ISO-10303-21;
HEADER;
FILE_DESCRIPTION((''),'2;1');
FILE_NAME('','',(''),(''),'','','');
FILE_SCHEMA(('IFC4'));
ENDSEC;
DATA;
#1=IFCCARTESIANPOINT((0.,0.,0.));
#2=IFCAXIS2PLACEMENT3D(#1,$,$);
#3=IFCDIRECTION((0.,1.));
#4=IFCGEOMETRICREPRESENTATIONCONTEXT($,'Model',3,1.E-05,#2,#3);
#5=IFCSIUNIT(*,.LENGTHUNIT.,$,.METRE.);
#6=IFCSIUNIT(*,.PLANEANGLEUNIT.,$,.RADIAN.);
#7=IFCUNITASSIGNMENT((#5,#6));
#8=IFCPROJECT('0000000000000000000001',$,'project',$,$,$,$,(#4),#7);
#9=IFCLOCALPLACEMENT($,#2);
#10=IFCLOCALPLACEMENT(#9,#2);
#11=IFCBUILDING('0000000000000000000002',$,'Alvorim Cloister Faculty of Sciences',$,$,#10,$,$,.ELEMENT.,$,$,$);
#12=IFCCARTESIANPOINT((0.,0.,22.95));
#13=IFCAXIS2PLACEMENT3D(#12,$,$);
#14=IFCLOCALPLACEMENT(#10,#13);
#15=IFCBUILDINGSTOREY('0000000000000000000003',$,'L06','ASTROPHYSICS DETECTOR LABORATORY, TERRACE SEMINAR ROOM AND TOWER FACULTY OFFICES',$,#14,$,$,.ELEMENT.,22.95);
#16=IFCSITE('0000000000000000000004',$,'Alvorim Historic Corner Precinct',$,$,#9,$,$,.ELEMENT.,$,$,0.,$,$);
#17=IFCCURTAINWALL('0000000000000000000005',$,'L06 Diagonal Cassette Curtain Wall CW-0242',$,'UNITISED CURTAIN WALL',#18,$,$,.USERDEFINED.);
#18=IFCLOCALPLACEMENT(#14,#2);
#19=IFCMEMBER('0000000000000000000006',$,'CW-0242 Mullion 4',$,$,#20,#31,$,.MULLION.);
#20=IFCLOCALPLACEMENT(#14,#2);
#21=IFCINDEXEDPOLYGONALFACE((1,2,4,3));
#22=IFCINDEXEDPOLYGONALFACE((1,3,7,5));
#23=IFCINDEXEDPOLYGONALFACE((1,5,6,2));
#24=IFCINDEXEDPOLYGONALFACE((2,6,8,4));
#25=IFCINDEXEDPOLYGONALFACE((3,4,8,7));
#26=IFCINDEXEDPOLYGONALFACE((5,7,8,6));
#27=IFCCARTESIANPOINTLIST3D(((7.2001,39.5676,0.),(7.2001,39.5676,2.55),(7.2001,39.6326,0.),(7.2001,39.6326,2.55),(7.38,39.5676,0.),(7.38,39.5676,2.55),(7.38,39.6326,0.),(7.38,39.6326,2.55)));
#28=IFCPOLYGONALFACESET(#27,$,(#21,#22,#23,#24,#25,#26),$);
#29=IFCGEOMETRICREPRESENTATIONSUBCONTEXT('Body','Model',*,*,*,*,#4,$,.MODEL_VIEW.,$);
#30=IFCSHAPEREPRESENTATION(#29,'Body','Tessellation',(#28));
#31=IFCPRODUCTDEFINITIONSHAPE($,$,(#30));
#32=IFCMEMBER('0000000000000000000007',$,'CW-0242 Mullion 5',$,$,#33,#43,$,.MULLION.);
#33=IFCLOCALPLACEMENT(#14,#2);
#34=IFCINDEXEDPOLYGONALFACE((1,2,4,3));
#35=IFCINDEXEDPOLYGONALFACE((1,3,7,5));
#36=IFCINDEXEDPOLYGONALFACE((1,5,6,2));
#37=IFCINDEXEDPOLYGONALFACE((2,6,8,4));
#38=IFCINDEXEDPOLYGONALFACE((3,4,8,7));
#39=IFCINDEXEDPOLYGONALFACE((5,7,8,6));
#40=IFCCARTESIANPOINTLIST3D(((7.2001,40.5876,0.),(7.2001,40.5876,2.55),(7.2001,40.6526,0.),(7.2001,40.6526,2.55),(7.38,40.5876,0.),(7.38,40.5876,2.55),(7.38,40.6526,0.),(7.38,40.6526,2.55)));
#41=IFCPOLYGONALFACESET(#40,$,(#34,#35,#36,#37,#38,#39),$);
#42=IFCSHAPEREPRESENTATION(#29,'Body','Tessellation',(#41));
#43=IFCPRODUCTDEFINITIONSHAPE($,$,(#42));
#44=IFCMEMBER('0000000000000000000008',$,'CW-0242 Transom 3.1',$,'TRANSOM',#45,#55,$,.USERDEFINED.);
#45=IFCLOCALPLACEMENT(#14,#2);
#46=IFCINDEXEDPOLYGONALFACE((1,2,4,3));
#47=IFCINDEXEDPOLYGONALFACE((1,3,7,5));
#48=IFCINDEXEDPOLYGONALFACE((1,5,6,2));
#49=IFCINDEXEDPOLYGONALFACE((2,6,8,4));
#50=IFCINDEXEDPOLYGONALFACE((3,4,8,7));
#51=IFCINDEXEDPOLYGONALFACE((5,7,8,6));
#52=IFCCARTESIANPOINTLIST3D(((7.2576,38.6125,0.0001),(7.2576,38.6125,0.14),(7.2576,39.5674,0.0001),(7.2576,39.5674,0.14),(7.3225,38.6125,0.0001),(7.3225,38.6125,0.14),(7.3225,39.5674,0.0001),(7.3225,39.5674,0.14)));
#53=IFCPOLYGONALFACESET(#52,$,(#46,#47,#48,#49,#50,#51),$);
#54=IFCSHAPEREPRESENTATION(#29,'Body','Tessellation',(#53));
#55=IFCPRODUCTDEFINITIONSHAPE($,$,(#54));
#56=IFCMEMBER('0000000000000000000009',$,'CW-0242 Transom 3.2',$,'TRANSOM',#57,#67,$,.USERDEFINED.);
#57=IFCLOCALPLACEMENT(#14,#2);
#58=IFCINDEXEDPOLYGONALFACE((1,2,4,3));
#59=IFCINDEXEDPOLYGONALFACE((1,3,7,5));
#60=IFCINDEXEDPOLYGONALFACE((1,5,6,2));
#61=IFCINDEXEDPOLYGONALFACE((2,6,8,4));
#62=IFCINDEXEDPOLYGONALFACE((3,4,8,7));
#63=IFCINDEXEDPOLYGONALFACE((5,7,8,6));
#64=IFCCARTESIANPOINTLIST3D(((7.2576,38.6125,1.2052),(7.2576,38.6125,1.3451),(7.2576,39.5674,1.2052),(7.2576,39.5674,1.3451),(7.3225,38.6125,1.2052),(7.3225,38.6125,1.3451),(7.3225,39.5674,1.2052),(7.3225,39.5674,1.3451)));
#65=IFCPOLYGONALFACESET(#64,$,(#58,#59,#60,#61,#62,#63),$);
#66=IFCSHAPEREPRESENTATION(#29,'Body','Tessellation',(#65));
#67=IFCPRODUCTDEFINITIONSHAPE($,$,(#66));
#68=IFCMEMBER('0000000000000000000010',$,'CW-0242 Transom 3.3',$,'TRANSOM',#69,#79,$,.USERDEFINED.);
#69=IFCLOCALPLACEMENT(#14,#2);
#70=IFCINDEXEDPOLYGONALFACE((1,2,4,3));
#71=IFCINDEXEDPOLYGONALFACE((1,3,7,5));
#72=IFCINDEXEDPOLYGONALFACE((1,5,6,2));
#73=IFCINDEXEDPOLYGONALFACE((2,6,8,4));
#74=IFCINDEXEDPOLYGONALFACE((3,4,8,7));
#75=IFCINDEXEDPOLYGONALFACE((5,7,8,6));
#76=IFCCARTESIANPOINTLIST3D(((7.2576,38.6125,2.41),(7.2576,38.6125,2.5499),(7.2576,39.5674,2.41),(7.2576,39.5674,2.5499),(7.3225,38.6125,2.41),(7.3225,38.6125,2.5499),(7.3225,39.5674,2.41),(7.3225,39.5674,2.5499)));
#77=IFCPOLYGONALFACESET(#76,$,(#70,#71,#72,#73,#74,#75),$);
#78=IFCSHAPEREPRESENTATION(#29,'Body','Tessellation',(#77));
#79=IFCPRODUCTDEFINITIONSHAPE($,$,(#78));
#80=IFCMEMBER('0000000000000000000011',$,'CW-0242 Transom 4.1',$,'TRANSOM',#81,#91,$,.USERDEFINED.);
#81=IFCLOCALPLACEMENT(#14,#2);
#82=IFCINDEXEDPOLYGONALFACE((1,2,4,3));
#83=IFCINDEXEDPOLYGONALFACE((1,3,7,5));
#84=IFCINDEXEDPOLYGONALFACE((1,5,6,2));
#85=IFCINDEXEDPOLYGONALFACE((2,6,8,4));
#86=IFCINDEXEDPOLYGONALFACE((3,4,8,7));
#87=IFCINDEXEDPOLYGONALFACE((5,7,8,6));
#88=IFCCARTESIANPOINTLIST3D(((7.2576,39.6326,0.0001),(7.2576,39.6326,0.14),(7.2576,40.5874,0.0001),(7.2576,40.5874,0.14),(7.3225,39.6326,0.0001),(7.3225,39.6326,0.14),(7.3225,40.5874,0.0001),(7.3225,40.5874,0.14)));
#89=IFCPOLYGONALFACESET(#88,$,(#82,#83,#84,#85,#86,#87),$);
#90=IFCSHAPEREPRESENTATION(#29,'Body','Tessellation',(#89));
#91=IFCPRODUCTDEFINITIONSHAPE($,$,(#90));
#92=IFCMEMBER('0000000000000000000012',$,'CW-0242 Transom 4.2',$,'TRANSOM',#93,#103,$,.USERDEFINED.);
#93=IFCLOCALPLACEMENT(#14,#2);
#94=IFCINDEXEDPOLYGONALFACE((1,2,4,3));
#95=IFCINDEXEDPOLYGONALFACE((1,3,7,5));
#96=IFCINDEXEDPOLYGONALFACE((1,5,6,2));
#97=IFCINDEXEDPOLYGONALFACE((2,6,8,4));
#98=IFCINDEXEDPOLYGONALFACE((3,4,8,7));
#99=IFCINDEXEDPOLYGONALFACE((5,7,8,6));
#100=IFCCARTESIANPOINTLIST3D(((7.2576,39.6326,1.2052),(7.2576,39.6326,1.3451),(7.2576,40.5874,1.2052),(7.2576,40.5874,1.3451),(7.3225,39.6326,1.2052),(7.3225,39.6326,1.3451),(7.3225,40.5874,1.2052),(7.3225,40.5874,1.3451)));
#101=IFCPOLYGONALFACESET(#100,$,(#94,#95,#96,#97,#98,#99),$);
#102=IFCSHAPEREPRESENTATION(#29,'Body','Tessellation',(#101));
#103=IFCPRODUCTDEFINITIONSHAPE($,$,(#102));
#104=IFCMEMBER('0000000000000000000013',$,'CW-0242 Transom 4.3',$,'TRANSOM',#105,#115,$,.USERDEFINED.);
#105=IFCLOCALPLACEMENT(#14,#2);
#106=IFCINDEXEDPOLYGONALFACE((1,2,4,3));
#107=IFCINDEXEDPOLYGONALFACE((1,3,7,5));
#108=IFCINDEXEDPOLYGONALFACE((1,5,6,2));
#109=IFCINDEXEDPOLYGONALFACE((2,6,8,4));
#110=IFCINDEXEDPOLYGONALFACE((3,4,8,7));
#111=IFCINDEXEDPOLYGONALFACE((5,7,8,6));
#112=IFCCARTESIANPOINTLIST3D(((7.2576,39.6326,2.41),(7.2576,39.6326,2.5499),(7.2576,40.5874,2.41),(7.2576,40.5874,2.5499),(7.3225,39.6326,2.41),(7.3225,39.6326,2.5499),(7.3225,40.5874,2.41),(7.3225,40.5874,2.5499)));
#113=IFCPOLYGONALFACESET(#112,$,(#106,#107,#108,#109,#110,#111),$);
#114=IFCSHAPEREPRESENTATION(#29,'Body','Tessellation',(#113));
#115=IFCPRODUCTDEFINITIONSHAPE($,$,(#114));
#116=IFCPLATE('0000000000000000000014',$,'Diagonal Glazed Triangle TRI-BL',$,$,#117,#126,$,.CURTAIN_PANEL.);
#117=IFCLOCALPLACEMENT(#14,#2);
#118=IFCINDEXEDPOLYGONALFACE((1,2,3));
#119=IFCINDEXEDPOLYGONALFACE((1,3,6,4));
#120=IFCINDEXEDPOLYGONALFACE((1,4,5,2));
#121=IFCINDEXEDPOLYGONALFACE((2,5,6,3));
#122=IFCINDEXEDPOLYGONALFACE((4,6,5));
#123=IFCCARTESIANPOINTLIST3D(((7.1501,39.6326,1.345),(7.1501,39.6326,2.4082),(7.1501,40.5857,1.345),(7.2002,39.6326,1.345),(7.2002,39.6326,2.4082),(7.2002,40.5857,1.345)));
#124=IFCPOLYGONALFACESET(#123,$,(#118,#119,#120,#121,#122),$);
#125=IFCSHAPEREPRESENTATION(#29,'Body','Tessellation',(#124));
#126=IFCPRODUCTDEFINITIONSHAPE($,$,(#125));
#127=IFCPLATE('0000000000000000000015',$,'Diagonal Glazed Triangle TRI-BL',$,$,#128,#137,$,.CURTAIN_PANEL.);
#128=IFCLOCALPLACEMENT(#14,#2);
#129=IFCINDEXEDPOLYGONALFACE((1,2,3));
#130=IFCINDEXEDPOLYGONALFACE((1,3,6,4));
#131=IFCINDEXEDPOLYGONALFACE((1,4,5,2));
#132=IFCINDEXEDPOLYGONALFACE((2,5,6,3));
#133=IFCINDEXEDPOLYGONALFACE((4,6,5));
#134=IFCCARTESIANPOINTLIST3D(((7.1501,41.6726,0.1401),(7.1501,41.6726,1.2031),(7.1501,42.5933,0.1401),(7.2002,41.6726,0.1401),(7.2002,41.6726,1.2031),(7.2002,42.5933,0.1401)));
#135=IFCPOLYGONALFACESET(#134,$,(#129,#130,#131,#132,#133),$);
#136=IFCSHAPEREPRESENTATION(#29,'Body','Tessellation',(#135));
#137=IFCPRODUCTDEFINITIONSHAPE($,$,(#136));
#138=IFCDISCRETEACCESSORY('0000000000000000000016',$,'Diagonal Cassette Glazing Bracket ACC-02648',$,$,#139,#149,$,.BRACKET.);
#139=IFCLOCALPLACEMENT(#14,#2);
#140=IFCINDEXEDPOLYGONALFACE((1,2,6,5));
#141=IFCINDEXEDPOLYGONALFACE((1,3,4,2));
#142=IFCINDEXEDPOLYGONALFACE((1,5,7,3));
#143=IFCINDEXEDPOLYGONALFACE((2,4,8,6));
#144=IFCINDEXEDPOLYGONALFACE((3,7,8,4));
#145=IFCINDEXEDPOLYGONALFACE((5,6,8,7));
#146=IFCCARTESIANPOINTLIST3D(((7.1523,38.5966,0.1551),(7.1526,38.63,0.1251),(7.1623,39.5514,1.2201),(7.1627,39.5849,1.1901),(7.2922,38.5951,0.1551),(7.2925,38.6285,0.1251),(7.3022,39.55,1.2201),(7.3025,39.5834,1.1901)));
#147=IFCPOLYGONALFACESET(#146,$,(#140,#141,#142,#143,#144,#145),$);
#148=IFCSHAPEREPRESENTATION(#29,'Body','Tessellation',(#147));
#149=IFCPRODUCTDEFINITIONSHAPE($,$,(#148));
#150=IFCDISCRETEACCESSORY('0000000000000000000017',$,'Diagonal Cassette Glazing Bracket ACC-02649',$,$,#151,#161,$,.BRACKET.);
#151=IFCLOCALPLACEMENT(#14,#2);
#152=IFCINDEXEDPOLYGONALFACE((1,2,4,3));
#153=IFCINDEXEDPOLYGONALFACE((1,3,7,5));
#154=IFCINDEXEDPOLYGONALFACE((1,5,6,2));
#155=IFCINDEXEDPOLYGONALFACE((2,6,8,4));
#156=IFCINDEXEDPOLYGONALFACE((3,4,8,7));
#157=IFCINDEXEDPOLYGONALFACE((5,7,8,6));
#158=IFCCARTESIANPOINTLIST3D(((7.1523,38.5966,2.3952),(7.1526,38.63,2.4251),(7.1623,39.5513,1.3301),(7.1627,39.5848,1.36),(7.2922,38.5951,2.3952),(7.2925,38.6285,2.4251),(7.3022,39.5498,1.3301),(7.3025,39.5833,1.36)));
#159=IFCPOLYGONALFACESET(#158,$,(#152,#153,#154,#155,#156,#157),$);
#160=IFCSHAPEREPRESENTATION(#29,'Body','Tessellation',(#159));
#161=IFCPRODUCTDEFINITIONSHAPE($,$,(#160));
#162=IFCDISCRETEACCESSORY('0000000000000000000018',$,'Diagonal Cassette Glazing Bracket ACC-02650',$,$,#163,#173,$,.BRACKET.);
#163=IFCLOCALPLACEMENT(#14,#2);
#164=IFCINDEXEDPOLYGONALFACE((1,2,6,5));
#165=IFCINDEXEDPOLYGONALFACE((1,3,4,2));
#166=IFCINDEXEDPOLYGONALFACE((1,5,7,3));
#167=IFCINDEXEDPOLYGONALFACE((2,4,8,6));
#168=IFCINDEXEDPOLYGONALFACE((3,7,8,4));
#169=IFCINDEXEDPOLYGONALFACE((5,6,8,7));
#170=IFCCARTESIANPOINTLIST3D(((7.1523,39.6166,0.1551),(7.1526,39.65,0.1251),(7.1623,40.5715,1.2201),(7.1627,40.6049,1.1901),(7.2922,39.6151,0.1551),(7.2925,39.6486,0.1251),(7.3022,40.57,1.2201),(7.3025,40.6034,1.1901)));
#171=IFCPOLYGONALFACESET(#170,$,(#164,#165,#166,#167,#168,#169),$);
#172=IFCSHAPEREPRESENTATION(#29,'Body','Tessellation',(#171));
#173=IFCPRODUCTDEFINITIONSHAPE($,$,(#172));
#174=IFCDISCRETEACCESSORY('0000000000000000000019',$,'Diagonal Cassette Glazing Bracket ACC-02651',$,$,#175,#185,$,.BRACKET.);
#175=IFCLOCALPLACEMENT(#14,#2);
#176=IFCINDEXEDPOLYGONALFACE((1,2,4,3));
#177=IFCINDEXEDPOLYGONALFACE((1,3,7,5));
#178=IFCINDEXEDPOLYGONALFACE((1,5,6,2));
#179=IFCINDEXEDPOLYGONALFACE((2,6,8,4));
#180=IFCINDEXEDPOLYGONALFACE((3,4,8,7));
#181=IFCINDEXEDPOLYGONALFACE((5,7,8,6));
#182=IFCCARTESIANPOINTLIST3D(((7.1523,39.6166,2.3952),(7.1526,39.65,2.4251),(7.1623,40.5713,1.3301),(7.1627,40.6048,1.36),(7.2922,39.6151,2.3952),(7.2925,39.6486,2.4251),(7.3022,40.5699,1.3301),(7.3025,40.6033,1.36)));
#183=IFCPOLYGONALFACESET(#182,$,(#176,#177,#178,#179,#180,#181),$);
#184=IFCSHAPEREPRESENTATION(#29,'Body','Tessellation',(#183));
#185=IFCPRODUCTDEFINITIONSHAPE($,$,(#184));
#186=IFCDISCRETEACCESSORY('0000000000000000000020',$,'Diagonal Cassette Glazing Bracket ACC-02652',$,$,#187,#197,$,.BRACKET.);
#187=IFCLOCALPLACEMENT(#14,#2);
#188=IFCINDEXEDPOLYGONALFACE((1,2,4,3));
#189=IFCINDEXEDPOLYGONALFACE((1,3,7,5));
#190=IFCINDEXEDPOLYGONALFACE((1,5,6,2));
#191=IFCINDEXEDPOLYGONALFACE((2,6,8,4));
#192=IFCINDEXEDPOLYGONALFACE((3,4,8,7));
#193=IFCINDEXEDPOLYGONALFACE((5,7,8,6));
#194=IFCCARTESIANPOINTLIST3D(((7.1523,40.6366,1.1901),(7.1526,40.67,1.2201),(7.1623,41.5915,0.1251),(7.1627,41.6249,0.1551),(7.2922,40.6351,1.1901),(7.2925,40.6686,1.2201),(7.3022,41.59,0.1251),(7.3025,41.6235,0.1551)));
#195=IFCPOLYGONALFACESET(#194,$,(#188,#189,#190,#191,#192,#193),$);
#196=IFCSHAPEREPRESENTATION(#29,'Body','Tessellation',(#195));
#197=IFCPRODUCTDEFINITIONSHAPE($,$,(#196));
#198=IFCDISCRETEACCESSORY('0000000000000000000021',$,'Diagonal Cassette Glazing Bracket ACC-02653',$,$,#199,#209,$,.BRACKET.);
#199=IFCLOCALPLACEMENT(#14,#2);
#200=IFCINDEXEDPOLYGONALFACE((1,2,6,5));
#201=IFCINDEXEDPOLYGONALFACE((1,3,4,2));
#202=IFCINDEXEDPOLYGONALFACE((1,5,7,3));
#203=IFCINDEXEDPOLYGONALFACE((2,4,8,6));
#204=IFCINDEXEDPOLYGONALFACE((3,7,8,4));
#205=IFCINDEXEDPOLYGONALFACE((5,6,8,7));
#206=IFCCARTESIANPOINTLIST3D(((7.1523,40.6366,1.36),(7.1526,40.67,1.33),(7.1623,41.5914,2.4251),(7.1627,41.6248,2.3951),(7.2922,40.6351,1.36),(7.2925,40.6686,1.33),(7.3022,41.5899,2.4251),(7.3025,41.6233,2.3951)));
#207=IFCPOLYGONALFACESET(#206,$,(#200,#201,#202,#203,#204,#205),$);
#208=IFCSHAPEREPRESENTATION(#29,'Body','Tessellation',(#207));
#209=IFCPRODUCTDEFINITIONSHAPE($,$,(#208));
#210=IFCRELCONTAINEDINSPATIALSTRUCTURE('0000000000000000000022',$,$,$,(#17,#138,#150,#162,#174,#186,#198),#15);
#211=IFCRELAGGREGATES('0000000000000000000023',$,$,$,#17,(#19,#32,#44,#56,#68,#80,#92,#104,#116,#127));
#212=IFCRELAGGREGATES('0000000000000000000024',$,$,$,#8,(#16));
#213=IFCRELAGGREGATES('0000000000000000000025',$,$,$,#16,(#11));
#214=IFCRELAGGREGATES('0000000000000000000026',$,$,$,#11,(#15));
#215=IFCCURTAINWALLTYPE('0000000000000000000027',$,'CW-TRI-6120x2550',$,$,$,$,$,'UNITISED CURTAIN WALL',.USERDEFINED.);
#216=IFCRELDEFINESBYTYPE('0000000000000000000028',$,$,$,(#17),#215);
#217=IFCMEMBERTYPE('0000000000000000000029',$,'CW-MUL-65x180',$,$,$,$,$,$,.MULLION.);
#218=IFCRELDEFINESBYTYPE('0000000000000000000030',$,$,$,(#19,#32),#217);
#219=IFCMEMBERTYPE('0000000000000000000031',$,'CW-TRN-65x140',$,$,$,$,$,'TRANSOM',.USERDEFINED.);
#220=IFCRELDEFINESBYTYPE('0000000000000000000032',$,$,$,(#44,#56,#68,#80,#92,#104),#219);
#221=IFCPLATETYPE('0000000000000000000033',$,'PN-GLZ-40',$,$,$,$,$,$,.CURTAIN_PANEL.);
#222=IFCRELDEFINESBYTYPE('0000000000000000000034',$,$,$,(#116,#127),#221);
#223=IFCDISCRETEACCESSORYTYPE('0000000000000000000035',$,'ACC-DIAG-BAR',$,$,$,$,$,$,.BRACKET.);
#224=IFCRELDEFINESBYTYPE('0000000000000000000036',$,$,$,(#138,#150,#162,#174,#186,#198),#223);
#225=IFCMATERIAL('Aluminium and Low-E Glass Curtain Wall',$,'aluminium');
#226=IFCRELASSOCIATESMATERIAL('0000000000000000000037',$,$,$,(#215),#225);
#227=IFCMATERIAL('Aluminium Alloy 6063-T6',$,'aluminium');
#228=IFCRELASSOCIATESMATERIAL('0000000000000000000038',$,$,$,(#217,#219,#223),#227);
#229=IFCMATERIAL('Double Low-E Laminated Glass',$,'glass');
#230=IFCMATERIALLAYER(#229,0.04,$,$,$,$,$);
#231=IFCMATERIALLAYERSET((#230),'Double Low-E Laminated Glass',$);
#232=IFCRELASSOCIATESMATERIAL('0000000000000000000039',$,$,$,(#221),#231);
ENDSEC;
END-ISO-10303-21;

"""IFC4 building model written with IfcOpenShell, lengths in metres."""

from ifc_helpers import new_model, si_unit, direction, frame, origin, origin_2d, place, context, subcontext, project, spatial, polyline, rectangle, outline, extrude, material, layer, layer_set, material_profile, profile_set, type_object, element, aggregate, save


model = new_model("IFC4")

# Units and contexts
model_context = context("Model", 3, precision=1e-05, world=origin(), true_north=direction((0.0, 1.0)))
body_context = subcontext(model_context, "Body", "Model", "MODEL_VIEW")
ifc_project = project(units=[si_unit("LENGTHUNIT", "METRE"), si_unit("PLANEANGLEUNIT", "RADIAN")], contexts=[model_context])

# Site, building, storey
site_placement = place(None, origin())
site = spatial("IfcSite", under=ifc_project, at=site_placement, Name="Alvorim Historic Corner Precinct", CompositionType="ELEMENT", RefElevation=0.0)
building_placement = place(site_placement, origin())
building = spatial("IfcBuilding", under=site, at=building_placement, Name="Alvorim Cloister Faculty of Sciences", CompositionType="ELEMENT")
storey_placement = place(building_placement, frame((0.0, 0.0, 22.95)))
storey = spatial("IfcBuildingStorey", under=building, at=storey_placement, Name="L06", Description="ASTROPHYSICS DETECTOR LABORATORY, TERRACE SEMINAR ROOM AND TOWER FACULTY OFFICES", CompositionType="ELEMENT", Elevation=22.95)

# Curtain wall, members, plates
ifc_material_1 = material(Name="Aluminium and Low-E Glass Curtain Wall", Category="aluminium")
curtain_wall_type = type_object("IfcCurtainWallType", Name="CW-TRI-6120x2550", ElementType="UNITISED CURTAIN WALL", PredefinedType="USERDEFINED", material=ifc_material_1)
curtain_wall_placement = place(storey_placement, origin())
curtain_wall = element("IfcCurtainWall", 1, at=curtain_wall_placement, inside=storey, type_object=curtain_wall_type, Name="L06 Diagonal Cassette Curtain Wall CW-0242", ObjectType="UNITISED CURTAIN WALL", PredefinedType="USERDEFINED")
ifc_material_2 = material(Name="Aluminium Alloy 6063-T6", Category="aluminium")
ifc_material_profile_1 = material_profile(ifc_material_2, rectangle(XDim=0.0649, YDim=0.1799, at=origin_2d()), Name="ALU-MUL-65x180")
ifc_profile_set_1 = profile_set([ifc_material_profile_1], Name="Aluminium Alloy 6063-T6")
member_type_1 = type_object("IfcMemberType", Name="CW-MUL-65x180", PredefinedType="MULLION", material=ifc_profile_set_1)
member_1_placement = place(storey_placement, frame((7.29, 39.6001, 0.0), z_axis=(0.0, 0.0, 1.0), x_axis=(0.0, 1.0, 0.0)))
member_1 = element("IfcMember", 2, at=member_1_placement, type_object=member_type_1, Name="CW-0242 Mullion 4", PredefinedType="MULLION", context=body_context, shape_type="SweptSolid", body=[
    extrude(rectangle(XDim=0.0649, YDim=0.1799, at=origin_2d()), origin(), (0.0, 0.0, 1.0), 2.55),
])
member_2_placement = place(storey_placement, frame((7.29, 40.6201, 0.0), z_axis=(0.0, 0.0, 1.0), x_axis=(0.0, 1.0, 0.0)))
member_2 = element("IfcMember", 3, at=member_2_placement, type_object=member_type_1, Name="CW-0242 Mullion 5", PredefinedType="MULLION", context=body_context, shape_type="SweptSolid", body=[
    extrude(rectangle(XDim=0.0649, YDim=0.1799, at=origin_2d()), origin(), (0.0, 0.0, 1.0), 2.55),
])
ifc_material_profile_2 = material_profile(ifc_material_2, rectangle(XDim=0.0649, YDim=0.1399, at=origin_2d()), Name="ALU-TRN-65x140")
ifc_profile_set_2 = profile_set([ifc_material_profile_2], Name="Aluminium Alloy 6063-T6")
member_type_2 = type_object("IfcMemberType", Name="CW-TRN-65x140", ElementType="TRANSOM", PredefinedType="USERDEFINED", material=ifc_profile_set_2)
member_3_placement = place(storey_placement, frame((7.29, 38.6125, 0.0701), z_axis=(0.0, 1.0, 0.0), x_axis=(-1.0, 0.0, 0.0)))
member_3 = element("IfcMember", 4, at=member_3_placement, type_object=member_type_2, Name="CW-0242 Transom 3.1", ObjectType="TRANSOM", PredefinedType="USERDEFINED", context=body_context, shape_type="SweptSolid", body=[
    extrude(rectangle(XDim=0.0649, YDim=0.1399, at=origin_2d()), origin(), (0.0, 0.0, 1.0), 0.9548),
])
member_4_placement = place(storey_placement, frame((7.29, 38.6125, 1.2751), z_axis=(0.0, 1.0, 0.0), x_axis=(-1.0, 0.0, 0.0)))
member_4 = element("IfcMember", 5, at=member_4_placement, type_object=member_type_2, Name="CW-0242 Transom 3.2", ObjectType="TRANSOM", PredefinedType="USERDEFINED", context=body_context, shape_type="SweptSolid", body=[
    extrude(rectangle(XDim=0.0649, YDim=0.1399, at=origin_2d()), origin(), (0.0, 0.0, 1.0), 0.9548),
])
member_5_placement = place(storey_placement, frame((7.29, 38.6125, 2.48), z_axis=(0.0, 1.0, 0.0), x_axis=(-1.0, 0.0, 0.0)))
member_5 = element("IfcMember", 6, at=member_5_placement, type_object=member_type_2, Name="CW-0242 Transom 3.3", ObjectType="TRANSOM", PredefinedType="USERDEFINED", context=body_context, shape_type="SweptSolid", body=[
    extrude(rectangle(XDim=0.0649, YDim=0.1399, at=origin_2d()), origin(), (0.0, 0.0, 1.0), 0.9548),
])
member_6_placement = place(storey_placement, frame((7.29, 39.6326, 0.0701), z_axis=(0.0, 1.0, 0.0), x_axis=(-1.0, 0.0, 0.0)))
member_6 = element("IfcMember", 7, at=member_6_placement, type_object=member_type_2, Name="CW-0242 Transom 4.1", ObjectType="TRANSOM", PredefinedType="USERDEFINED", context=body_context, shape_type="SweptSolid", body=[
    extrude(rectangle(XDim=0.0649, YDim=0.1399, at=origin_2d()), origin(), (0.0, 0.0, 1.0), 0.9548),
])
member_7_placement = place(storey_placement, frame((7.29, 39.6326, 1.2751), z_axis=(0.0, 1.0, 0.0), x_axis=(-1.0, 0.0, 0.0)))
member_7 = element("IfcMember", 8, at=member_7_placement, type_object=member_type_2, Name="CW-0242 Transom 4.2", ObjectType="TRANSOM", PredefinedType="USERDEFINED", context=body_context, shape_type="SweptSolid", body=[
    extrude(rectangle(XDim=0.0649, YDim=0.1399, at=origin_2d()), origin(), (0.0, 0.0, 1.0), 0.9548),
])
member_8_placement = place(storey_placement, frame((7.29, 39.6326, 2.48), z_axis=(0.0, 1.0, 0.0), x_axis=(-1.0, 0.0, 0.0)))
member_8 = element("IfcMember", 9, at=member_8_placement, type_object=member_type_2, Name="CW-0242 Transom 4.3", ObjectType="TRANSOM", PredefinedType="USERDEFINED", context=body_context, shape_type="SweptSolid", body=[
    extrude(rectangle(XDim=0.0649, YDim=0.1399, at=origin_2d()), origin(), (0.0, 0.0, 1.0), 0.9548),
])
ifc_material_3 = material(Name="Double Low-E Laminated Glass", Category="glass")
ifc_layer = layer(ifc_material_3, 0.04)
ifc_layer_set = layer_set([ifc_layer], Name="Double Low-E Laminated Glass")
plate_type = type_object("IfcPlateType", Name="PN-GLZ-40", PredefinedType="CURTAIN_PANEL", material=ifc_layer_set)
plate_1_placement = place(storey_placement, frame((7.175, 39.6326, 1.345), z_axis=(0.0, 0.0, 1.0), x_axis=(0.0, 1.0, 0.0)))
plate_1 = element("IfcPlate", 10, at=plate_1_placement, type_object=plate_type, Name="Diagonal Glazed Triangle TRI-BL", PredefinedType="CURTAIN_PANEL", context=body_context, shape_type="SweptSolid", body=[
    extrude(outline(polyline([(0.0, 0.0), (0.9531, 0.0), (0.0, 1.0632), (0.0, 0.0)])), frame((0.0, 0.0249, 0.0), z_axis=(0.0, -1.0, 0.0), x_axis=(1.0, 0.0, 0.0)), (0.0, 0.0, 1.0), 0.05),
])
plate_2_placement = place(storey_placement, frame((7.175, 41.6726, 0.1401), z_axis=(0.0, 0.0, 1.0), x_axis=(0.0, 1.0, 0.0)))
plate_2 = element("IfcPlate", 11, at=plate_2_placement, type_object=plate_type, Name="Diagonal Glazed Triangle TRI-BL", PredefinedType="CURTAIN_PANEL", context=body_context, shape_type="SweptSolid", body=[
    extrude(outline(polyline([(0.0, 0.0), (0.9207, 0.0), (0.0, 1.063), (0.0, 0.0)])), frame((0.0, 0.0249, 0.0), z_axis=(0.0, -1.0, 0.0), x_axis=(1.0, 0.0, 0.0)), (0.0, 0.0, 1.0), 0.05),
])
aggregate(curtain_wall, [member_1, member_2, member_3, member_4, member_5, member_6, member_7, member_8, plate_1, plate_2])

# Discrete accessories
discrete_accessory_type = type_object("IfcDiscreteAccessoryType", Name="ACC-DIAG-BAR", PredefinedType="BRACKET", material=ifc_material_2)
for number, where, z_axis, x_axis, name in (
    (12, (7.2224, 38.6125, 0.1401), (0.006998, 0.667552, 0.744531), (-0.999945, 0.010483, 0.0), "Diagonal Cassette Glazing Bracket ACC-02648"),
    (13, (7.2224, 38.6125, 2.4102), (0.006997, 0.667467, -0.744607), (-0.999945, 0.010483, 0.0), "Diagonal Cassette Glazing Bracket ACC-02649"),
    (14, (7.2224, 39.6326, 0.1401), (0.006998, 0.667552, 0.744531), (-0.999945, 0.010483, 0.0), "Diagonal Cassette Glazing Bracket ACC-02650"),
    (15, (7.2224, 39.6326, 2.4102), (0.006997, 0.667467, -0.744607), (-0.999945, 0.010483, 0.0), "Diagonal Cassette Glazing Bracket ACC-02651"),
    (16, (7.2224, 40.6526, 1.2051), (0.006998, 0.667552, -0.744531), (-0.999945, 0.010483, 0.0), "Diagonal Cassette Glazing Bracket ACC-02652"),
    (17, (7.2224, 40.6526, 1.345), (0.006997, 0.667467, 0.744607), (-0.999945, 0.010483, 0.0), "Diagonal Cassette Glazing Bracket ACC-02653"),
):
    element("IfcDiscreteAccessory", number, at=place(storey_placement, frame(where, z_axis=z_axis, x_axis=x_axis)), inside=storey, type_object=discrete_accessory_type, Name=name, PredefinedType="BRACKET", context=body_context, shape_type="SweptSolid", body=[
        extrude(rectangle(XDim=0.1399, YDim=0.0449, at=origin_2d()), origin(), (0.0, 0.0, 1.0), 1.4304),
    ])

save(model, "model.ifc")
